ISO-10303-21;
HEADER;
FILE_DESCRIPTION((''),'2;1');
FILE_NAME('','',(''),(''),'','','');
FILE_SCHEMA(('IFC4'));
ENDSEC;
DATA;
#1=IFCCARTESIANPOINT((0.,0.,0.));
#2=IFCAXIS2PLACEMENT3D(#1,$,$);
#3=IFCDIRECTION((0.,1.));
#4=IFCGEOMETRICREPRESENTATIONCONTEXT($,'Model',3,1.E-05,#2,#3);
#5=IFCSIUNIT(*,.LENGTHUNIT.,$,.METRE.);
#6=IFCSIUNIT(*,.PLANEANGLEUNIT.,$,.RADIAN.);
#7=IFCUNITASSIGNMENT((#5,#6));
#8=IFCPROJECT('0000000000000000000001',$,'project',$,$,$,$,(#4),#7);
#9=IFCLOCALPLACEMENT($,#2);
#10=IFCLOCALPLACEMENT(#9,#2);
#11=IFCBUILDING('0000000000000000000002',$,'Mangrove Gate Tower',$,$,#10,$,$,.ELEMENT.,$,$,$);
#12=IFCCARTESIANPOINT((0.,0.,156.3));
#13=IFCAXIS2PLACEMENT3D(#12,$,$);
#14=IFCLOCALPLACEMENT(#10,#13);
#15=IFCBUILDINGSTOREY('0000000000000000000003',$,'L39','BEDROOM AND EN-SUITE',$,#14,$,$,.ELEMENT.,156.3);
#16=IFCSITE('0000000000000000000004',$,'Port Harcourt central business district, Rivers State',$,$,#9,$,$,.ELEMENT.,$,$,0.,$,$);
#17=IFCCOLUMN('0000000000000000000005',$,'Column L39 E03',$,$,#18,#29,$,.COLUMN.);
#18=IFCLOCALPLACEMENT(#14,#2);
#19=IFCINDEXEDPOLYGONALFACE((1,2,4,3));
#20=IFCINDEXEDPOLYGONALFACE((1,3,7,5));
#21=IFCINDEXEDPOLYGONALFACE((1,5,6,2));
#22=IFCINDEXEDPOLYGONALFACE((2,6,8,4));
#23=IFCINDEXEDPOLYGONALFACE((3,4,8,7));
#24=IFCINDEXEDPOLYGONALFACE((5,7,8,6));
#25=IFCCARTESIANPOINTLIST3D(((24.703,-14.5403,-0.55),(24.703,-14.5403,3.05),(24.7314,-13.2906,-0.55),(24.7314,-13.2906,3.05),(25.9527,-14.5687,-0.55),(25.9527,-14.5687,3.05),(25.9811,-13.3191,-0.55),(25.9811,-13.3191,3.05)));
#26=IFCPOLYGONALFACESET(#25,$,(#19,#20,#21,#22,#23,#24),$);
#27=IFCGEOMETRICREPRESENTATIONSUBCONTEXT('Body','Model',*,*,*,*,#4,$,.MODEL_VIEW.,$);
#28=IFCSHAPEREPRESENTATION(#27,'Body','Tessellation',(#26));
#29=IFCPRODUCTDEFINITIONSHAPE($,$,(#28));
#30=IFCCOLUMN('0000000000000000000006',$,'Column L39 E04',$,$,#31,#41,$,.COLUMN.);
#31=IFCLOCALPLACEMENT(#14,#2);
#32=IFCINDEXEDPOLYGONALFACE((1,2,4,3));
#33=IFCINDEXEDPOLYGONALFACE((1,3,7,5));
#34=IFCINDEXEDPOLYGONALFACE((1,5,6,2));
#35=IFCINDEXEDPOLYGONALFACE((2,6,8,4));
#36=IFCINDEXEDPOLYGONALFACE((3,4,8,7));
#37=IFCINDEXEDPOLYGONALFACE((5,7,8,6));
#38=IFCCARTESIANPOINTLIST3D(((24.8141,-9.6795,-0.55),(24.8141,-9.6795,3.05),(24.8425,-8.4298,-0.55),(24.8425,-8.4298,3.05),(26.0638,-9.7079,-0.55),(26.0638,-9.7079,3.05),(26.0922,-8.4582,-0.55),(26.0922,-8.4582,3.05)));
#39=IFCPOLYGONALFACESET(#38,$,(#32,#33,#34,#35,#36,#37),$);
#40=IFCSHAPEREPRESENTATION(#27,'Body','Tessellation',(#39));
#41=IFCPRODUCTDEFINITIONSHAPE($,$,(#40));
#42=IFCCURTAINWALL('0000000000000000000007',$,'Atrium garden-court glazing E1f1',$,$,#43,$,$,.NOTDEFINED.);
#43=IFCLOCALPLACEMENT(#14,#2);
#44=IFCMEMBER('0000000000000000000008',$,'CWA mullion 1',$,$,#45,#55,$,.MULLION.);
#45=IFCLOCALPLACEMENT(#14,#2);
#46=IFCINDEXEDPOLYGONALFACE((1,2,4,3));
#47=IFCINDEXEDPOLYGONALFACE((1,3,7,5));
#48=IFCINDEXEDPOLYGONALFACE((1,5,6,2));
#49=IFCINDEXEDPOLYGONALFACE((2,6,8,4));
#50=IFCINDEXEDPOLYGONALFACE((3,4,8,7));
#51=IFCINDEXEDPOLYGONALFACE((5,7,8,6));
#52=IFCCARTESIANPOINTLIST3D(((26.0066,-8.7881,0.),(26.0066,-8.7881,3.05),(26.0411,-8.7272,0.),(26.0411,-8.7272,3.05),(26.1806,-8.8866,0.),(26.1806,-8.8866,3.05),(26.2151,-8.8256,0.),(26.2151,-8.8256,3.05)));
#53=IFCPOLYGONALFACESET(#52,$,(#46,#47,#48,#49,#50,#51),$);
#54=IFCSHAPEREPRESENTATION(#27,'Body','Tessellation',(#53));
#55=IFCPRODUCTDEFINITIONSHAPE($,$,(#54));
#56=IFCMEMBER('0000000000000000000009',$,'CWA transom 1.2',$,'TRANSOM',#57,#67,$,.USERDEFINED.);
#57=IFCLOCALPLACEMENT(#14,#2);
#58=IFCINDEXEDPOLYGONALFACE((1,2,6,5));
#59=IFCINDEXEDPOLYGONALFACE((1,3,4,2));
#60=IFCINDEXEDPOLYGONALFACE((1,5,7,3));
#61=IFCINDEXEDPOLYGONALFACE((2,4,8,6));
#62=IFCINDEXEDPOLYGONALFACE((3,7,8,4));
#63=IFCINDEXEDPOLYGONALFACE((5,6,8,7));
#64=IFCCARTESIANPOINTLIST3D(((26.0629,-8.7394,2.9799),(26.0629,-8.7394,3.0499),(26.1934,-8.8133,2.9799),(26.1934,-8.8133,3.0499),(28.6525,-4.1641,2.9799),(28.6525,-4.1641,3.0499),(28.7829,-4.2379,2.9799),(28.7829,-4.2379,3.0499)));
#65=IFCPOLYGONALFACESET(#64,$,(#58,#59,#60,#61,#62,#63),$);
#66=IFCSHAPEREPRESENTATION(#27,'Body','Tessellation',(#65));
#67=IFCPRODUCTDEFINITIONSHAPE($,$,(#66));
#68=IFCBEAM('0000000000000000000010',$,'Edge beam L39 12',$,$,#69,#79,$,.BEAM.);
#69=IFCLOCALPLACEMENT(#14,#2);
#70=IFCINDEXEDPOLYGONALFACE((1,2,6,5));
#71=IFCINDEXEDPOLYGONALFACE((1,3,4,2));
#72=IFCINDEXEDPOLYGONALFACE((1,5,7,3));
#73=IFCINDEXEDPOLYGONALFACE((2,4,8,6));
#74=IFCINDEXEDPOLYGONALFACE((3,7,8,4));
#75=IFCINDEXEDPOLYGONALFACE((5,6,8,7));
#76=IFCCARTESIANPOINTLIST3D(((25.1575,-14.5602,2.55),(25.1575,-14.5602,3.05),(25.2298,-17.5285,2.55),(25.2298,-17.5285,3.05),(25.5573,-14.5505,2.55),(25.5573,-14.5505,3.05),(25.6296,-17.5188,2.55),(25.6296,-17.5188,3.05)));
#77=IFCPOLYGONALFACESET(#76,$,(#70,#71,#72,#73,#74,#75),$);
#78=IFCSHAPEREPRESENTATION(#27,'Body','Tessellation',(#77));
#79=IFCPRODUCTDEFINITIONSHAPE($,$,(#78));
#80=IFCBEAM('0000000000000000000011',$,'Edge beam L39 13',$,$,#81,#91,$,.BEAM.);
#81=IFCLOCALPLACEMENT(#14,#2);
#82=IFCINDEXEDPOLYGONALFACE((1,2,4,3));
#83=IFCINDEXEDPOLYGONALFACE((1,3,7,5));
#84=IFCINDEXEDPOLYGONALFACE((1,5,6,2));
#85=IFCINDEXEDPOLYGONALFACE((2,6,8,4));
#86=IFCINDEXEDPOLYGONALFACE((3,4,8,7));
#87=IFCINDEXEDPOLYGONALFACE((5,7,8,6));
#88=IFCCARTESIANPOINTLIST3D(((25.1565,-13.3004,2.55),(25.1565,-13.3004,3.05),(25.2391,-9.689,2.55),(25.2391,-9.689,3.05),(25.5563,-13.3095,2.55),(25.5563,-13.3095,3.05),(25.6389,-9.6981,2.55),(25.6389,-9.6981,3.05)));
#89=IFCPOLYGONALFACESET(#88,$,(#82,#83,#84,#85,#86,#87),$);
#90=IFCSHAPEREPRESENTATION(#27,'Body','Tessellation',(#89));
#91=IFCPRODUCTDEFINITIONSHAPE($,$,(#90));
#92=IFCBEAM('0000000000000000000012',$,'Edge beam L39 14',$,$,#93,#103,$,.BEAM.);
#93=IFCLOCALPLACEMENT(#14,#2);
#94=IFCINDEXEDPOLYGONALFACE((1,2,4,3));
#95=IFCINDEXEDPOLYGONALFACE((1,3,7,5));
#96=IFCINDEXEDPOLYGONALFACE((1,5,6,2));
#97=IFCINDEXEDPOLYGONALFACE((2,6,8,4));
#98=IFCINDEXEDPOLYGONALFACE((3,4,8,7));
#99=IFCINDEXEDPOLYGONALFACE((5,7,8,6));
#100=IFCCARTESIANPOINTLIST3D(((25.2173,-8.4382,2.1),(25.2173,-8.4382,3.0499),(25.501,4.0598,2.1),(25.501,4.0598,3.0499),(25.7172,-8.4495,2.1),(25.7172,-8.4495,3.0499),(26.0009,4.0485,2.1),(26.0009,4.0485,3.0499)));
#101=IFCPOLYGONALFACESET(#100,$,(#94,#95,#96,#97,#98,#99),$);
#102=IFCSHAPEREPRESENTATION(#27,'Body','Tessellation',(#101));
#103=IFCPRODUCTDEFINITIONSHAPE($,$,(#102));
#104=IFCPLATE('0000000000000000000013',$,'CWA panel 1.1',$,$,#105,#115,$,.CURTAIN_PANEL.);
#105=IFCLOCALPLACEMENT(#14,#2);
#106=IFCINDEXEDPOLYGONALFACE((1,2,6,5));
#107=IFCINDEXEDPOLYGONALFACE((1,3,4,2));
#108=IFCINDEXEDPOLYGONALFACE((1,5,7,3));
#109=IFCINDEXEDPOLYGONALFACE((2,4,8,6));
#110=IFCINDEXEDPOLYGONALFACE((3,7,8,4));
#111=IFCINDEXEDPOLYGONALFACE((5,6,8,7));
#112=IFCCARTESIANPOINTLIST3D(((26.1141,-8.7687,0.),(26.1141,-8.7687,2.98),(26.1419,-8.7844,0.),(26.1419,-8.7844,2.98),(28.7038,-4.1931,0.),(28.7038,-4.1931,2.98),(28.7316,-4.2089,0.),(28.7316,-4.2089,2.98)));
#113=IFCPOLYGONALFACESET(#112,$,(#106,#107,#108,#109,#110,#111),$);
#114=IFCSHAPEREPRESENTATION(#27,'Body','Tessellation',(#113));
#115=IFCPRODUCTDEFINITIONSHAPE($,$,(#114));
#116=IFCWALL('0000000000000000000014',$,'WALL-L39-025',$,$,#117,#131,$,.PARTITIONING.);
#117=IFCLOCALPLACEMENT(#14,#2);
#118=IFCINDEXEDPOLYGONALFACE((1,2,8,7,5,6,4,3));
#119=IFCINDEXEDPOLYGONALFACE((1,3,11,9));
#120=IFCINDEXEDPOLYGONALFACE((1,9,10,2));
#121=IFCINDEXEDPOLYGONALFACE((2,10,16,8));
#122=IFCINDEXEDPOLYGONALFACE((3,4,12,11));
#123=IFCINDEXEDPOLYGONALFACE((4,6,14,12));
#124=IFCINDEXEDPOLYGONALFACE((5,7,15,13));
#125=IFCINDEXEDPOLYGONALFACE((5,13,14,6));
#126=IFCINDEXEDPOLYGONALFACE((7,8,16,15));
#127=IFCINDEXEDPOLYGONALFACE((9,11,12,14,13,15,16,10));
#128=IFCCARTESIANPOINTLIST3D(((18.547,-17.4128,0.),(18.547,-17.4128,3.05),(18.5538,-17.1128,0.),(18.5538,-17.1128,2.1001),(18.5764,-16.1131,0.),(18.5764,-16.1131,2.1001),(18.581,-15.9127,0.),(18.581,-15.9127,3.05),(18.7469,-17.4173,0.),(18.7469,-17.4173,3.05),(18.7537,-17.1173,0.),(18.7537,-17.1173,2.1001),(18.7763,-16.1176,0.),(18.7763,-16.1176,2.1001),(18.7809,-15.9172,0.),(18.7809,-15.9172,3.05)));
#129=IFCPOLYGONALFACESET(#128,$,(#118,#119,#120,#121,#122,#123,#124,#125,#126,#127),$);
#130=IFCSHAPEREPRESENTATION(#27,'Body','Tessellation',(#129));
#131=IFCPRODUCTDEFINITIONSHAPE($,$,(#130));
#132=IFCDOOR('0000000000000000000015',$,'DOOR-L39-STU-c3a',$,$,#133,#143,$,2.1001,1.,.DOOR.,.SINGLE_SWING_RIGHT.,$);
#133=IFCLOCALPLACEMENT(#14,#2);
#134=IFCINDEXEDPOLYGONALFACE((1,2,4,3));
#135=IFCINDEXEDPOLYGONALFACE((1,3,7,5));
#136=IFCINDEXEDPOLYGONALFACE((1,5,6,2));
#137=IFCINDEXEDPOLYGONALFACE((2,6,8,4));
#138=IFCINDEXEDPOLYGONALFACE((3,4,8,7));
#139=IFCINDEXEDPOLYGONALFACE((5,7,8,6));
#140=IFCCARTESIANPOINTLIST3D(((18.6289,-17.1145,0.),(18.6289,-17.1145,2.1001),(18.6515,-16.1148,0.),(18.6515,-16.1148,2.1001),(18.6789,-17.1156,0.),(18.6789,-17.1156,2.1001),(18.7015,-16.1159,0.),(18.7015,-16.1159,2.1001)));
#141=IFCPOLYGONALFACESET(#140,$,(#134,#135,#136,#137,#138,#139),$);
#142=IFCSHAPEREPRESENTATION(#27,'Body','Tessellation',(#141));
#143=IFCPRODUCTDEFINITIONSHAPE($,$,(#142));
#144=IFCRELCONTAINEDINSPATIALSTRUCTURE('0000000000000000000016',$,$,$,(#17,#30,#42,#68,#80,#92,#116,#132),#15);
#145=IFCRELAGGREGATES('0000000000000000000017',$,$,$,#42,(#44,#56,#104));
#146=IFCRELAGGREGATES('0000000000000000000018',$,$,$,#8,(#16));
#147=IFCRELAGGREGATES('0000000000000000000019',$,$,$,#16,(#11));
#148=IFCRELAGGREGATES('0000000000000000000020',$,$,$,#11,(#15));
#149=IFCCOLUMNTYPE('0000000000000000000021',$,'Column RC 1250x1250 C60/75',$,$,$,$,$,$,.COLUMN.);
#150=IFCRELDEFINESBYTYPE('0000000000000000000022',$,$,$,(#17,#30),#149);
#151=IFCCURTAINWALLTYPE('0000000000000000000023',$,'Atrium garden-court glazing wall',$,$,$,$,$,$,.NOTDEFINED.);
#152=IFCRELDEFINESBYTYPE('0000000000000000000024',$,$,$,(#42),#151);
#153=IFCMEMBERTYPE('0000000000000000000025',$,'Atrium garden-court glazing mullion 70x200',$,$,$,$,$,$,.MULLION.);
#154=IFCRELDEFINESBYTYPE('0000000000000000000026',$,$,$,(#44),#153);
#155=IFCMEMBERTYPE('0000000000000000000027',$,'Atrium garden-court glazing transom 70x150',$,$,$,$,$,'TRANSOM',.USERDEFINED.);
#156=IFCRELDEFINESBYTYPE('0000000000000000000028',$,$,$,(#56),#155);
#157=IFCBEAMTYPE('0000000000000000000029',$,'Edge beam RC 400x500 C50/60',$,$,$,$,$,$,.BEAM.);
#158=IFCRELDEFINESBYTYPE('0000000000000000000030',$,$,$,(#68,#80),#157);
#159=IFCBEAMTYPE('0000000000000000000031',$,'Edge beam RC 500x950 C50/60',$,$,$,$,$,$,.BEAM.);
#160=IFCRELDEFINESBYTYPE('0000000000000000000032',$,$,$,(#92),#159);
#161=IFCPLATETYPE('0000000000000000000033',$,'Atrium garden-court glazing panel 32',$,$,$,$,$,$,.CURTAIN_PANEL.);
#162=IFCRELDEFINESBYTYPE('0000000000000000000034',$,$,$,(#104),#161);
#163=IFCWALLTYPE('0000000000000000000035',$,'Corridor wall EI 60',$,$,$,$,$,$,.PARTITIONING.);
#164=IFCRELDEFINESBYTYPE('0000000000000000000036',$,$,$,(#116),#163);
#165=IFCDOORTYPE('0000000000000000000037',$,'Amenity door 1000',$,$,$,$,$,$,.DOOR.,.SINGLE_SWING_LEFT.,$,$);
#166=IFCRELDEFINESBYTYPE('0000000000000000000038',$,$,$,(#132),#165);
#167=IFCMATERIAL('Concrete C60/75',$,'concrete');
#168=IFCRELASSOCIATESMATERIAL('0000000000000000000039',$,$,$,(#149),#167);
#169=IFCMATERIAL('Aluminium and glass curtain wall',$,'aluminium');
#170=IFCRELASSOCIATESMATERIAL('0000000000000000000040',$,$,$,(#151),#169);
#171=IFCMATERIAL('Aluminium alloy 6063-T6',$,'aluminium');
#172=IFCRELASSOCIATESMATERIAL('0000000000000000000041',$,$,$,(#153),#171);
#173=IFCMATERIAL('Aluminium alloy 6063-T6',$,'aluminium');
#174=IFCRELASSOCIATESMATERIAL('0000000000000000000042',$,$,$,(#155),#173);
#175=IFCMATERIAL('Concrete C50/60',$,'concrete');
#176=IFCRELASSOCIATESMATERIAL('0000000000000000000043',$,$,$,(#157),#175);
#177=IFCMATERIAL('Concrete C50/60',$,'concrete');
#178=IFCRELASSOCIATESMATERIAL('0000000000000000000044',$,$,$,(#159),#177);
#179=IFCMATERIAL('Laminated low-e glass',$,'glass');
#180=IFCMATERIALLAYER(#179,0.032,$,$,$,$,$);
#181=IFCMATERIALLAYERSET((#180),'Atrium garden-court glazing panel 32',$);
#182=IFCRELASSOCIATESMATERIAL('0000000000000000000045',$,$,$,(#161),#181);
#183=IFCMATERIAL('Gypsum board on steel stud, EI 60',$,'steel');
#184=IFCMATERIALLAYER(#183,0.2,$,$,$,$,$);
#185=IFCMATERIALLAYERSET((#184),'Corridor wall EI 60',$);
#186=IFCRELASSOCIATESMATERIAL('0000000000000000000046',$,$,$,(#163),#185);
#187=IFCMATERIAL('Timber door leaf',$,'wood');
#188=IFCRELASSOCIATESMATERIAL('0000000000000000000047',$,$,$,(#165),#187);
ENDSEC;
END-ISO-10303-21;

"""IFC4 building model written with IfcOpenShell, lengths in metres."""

from ifc_helpers import new_model, si_unit, direction, frame, frame_2d, origin, origin_2d, place, context, subcontext, project, spatial, rectangle, extrude, material, layer, layer_set, material_profile, profile_set, type_object, element, fill, aggregate, save


model = new_model("IFC4")

# Units and contexts
model_context = context("Model", 3, precision=1e-05, world=origin(), true_north=direction((0.0, 1.0)))
body_context = subcontext(model_context, "Body", "Model", "MODEL_VIEW")
ifc_project = project(units=[si_unit("LENGTHUNIT", "METRE"), si_unit("PLANEANGLEUNIT", "RADIAN")], contexts=[model_context])

# Site, building, storey
site_placement = place(None, origin())
site = spatial("IfcSite", under=ifc_project, at=site_placement, Name="Port Harcourt central business district, Rivers State", CompositionType="ELEMENT", RefElevation=0.0)
building_placement = place(site_placement, origin())
building = spatial("IfcBuilding", under=site, at=building_placement, Name="Mangrove Gate Tower", CompositionType="ELEMENT")
storey_placement = place(building_placement, frame((0.0, 0.0, 156.3)))
storey = spatial("IfcBuildingStorey", under=building, at=storey_placement, Name="L39", Description="BEDROOM AND EN-SUITE", CompositionType="ELEMENT", Elevation=156.3)

# Columns
ifc_material_1 = material(Name="Concrete C60/75", Category="concrete")
ifc_material_profile_1 = material_profile(ifc_material_1, rectangle(XDim=1.25, YDim=1.25, at=origin_2d()))
ifc_profile_set_1 = profile_set([ifc_material_profile_1], Name="Concrete C60/75")
column_type = type_object("IfcColumnType", Name="Column RC 1250x1250 C60/75", PredefinedType="COLUMN", material=ifc_profile_set_1)
for number, where, z_axis, x_axis, name in (
    (1, (25.342, -13.9297, -0.55), (0.0, 0.0, 1.0), (0.022726, 0.999742, 0.0), "Column L39 E03"),
    (2, (25.4531, -9.0688, -0.55), (0.0, 0.0, 1.0), (0.022725, 0.999742, 0.0), "Column L39 E04"),
):
    element("IfcColumn", number, at=place(storey_placement, frame(where, z_axis=z_axis, x_axis=x_axis)), inside=storey, type_object=column_type, Name=name, PredefinedType="COLUMN", context=body_context, shape_type="SweptSolid", body=[
        extrude(rectangle(XDim=1.25, YDim=1.25, at=origin_2d()), origin(), (0.0, 0.0, 1.0), 3.6001),
    ])

# Curtain wall, members
ifc_material_2 = material(Name="Aluminium and glass curtain wall", Category="aluminium")
curtain_wall_type = type_object("IfcCurtainWallType", Name="Atrium garden-court glazing wall", PredefinedType="NOTDEFINED", material=ifc_material_2)
curtain_wall_placement = place(storey_placement, origin())
curtain_wall = element("IfcCurtainWall", 3, at=curtain_wall_placement, inside=storey, type_object=curtain_wall_type, Name="Atrium garden-court glazing E1f1", PredefinedType="NOTDEFINED")
ifc_material_3 = material(Name="Aluminium alloy 6063-T6", Category="aluminium")
ifc_material_profile_2 = material_profile(ifc_material_3, rectangle(XDim=0.0701, YDim=0.2, at=origin_2d()))
ifc_profile_set_2 = profile_set([ifc_material_profile_2], Name="Aluminium alloy 6063-T6")
member_type_1 = type_object("IfcMemberType", Name="Atrium garden-court glazing mullion 70x200", PredefinedType="MULLION", material=ifc_profile_set_2)
member_1_placement = place(storey_placement, frame((26.1108, -8.8069, 0.0), z_axis=(0.0, 0.0, 1.0), x_axis=(0.492564, 0.870276, 0.0)))
member_1 = element("IfcMember", 4, at=member_1_placement, type_object=member_type_1, Name="CWA mullion 1", PredefinedType="MULLION", context=body_context, shape_type="SweptSolid", body=[
    extrude(rectangle(XDim=0.0701, YDim=0.2, at=origin_2d()), origin(), (0.0, 0.0, 1.0), 3.05),
])
ifc_material_4 = material(Name="Aluminium alloy 6063-T6", Category="aluminium")
ifc_material_profile_3 = material_profile(ifc_material_4, rectangle(XDim=0.0701, YDim=0.1499, at=origin_2d()))
ifc_profile_set_3 = profile_set([ifc_material_profile_3], Name="Aluminium alloy 6063-T6")
member_type_2 = type_object("IfcMemberType", Name="Atrium garden-court glazing transom 70x150", ElementType="TRANSOM", PredefinedType="USERDEFINED", material=ifc_profile_set_3)
member_2_placement = place(storey_placement, frame((26.1282, -8.7764, 3.0149), z_axis=(0.492559, 0.870279, 0.0), x_axis=(0.0, 0.0, 1.0)))
member_2 = element("IfcMember", 5, at=member_2_placement, type_object=member_type_2, Name="CWA transom 1.2", ObjectType="TRANSOM", PredefinedType="USERDEFINED", context=body_context, shape_type="SweptSolid", body=[
    extrude(rectangle(XDim=0.0701, YDim=0.1499, at=origin_2d()), origin(), (0.0, 0.0, 1.0), 5.2573),
])

# Beams
ifc_material_5 = material(Name="Concrete C50/60", Category="concrete")
ifc_material_profile_4 = material_profile(ifc_material_5, rectangle(XDim=0.3999, YDim=0.5, at=origin_2d()))
ifc_profile_set_4 = profile_set([ifc_material_profile_4], Name="Concrete C50/60")
beam_type_1 = type_object("IfcBeamType", Name="Edge beam RC 400x500 C50/60", PredefinedType="BEAM", material=ifc_profile_set_4)
beam_1_placement = place(storey_placement, frame((25.4297, -17.5237, 2.8), z_axis=(-0.024339, 0.999704, 0.0), x_axis=(-0.999704, -0.024339, 0.0)))
element("IfcBeam", 6, at=beam_1_placement, inside=storey, type_object=beam_type_1, Name="Edge beam L39 12", PredefinedType="BEAM", context=body_context, shape_type="SweptSolid", body=[
    extrude(rectangle(XDim=0.3999, YDim=0.5, at=origin_2d()), origin(), (0.0, 0.0, 1.0), 2.9692),
])
beam_2_placement = place(storey_placement, frame((25.3564, -13.3049, 2.8), z_axis=(0.022844, 0.999739, 0.0), x_axis=(-0.999739, 0.022844, 0.0)))
element("IfcBeam", 7, at=beam_2_placement, inside=storey, type_object=beam_type_1, Name="Edge beam L39 13", PredefinedType="BEAM", context=body_context, shape_type="SweptSolid", body=[
    extrude(rectangle(XDim=0.3999, YDim=0.5, at=origin_2d()), origin(), (0.0, 0.0, 1.0), 3.6123),
])
ifc_material_6 = material(Name="Concrete C50/60", Category="concrete")
ifc_material_profile_5 = material_profile(ifc_material_6, rectangle(XDim=0.5, YDim=0.95, at=origin_2d()))
ifc_profile_set_5 = profile_set([ifc_material_profile_5], Name="Concrete C50/60")
beam_type_2 = type_object("IfcBeamType", Name="Edge beam RC 500x950 C50/60", PredefinedType="BEAM", material=ifc_profile_set_5)
beam_3_placement = place(storey_placement, frame((25.4673, -8.4438, 2.575), z_axis=(0.022693, 0.999742, 0.0), x_axis=(-0.999742, 0.022693, 0.0)))
element("IfcBeam", 8, at=beam_3_placement, inside=storey, type_object=beam_type_2, Name="Edge beam L39 14", PredefinedType="BEAM", context=body_context, shape_type="SweptSolid", body=[
    extrude(rectangle(XDim=0.5, YDim=0.95, at=origin_2d()), origin(), (0.0, 0.0, 1.0), 12.5012),
])

# Plate
ifc_material_7 = material(Name="Laminated low-e glass", Category="glass")
ifc_layer_1 = layer(ifc_material_7, 0.032)
ifc_layer_set_1 = layer_set([ifc_layer_1], Name="Atrium garden-court glazing panel 32")
plate_type = type_object("IfcPlateType", Name="Atrium garden-court glazing panel 32", PredefinedType="CURTAIN_PANEL", material=ifc_layer_set_1)
plate_placement = place(storey_placement, frame((27.4229, -6.4888, 0.0), z_axis=(0.0, 0.0, 1.0), x_axis=(0.492564, 0.870276, 0.0)))
plate = element("IfcPlate", 9, at=plate_placement, type_object=plate_type, Name="CWA panel 1.1", PredefinedType="CURTAIN_PANEL", context=body_context, shape_type="SweptSolid", body=[
    extrude(rectangle(XDim=5.2576, YDim=0.032, at=origin_2d()), origin(), (0.0, 0.0, 1.0), 2.98),
])
aggregate(curtain_wall, [member_1, member_2, plate])

# Wall, opening, door
ifc_material_8 = material(Name="Gypsum board on steel stud, EI 60", Category="steel")
ifc_layer_2 = layer(ifc_material_8, 0.2)
ifc_layer_set_2 = layer_set([ifc_layer_2], Name="Corridor wall EI 60")
wall_type_1 = type_object("IfcWallType", Name="Corridor wall EI 60", PredefinedType="PARTITIONING", material=ifc_layer_set_2)
wall_1_placement = place(storey_placement, frame((18.647, -17.415, 0.0), z_axis=(0.0, 0.0, 1.0), x_axis=(0.022618, 0.999744, 0.0)))
wall_1 = element("IfcWall", 10, at=wall_1_placement, inside=storey, type_object=wall_type_1, Name="WALL-L39-025", PredefinedType="PARTITIONING", context=body_context, shape_type="SweptSolid", body=[
    extrude(rectangle(XDim=1.5005, YDim=0.2, at=frame_2d((0.7502, 0.0))), origin(), (0.0, 0.0, 1.0), 3.05),
])
opening_1_placement = place(wall_1_placement, frame((0.3, 0.0, 0.0)))
opening_1 = element("IfcOpeningElement", 11, at=opening_1_placement, cuts=wall_1, PredefinedType="OPENING", context=body_context, shape_type="SweptSolid", body=[
    extrude(rectangle(XDim=1.0, YDim=2.1001, at=frame_2d((0.5, 1.05))), frame((0.0, 0.1099, 0.0), z_axis=(0.0, -1.0, 0.0), x_axis=(1.0, 0.0, 0.0)), (0.0, 0.0, 1.0), 0.22),
])
ifc_material_9 = material(Name="Timber door leaf", Category="wood")
door_type_1 = type_object("IfcDoorType", Name="Amenity door 1000", OperationType="SINGLE_SWING_LEFT", PredefinedType="DOOR", material=ifc_material_9)
door_1_placement = place(opening_1_placement, origin())
door_1 = element("IfcDoor", 12, at=door_1_placement, inside=storey, type_object=door_type_1, Name="DOOR-L39-STU-c3a", OperationType="SINGLE_SWING_RIGHT", OverallHeight=2.1001, OverallWidth=1.0, PredefinedType="DOOR", context=body_context, shape_type="SweptSolid", body=[
    extrude(rectangle(XDim=1.0, YDim=2.1001, at=frame_2d((0.5, 1.05))), frame((0.0, 0.0249, 0.0), z_axis=(0.0, -1.0, 0.0), x_axis=(1.0, 0.0, 0.0)), (0.0, 0.0, 1.0), 0.05),
])
fill(opening_1, door_1)

save(model, "model.ifc")
